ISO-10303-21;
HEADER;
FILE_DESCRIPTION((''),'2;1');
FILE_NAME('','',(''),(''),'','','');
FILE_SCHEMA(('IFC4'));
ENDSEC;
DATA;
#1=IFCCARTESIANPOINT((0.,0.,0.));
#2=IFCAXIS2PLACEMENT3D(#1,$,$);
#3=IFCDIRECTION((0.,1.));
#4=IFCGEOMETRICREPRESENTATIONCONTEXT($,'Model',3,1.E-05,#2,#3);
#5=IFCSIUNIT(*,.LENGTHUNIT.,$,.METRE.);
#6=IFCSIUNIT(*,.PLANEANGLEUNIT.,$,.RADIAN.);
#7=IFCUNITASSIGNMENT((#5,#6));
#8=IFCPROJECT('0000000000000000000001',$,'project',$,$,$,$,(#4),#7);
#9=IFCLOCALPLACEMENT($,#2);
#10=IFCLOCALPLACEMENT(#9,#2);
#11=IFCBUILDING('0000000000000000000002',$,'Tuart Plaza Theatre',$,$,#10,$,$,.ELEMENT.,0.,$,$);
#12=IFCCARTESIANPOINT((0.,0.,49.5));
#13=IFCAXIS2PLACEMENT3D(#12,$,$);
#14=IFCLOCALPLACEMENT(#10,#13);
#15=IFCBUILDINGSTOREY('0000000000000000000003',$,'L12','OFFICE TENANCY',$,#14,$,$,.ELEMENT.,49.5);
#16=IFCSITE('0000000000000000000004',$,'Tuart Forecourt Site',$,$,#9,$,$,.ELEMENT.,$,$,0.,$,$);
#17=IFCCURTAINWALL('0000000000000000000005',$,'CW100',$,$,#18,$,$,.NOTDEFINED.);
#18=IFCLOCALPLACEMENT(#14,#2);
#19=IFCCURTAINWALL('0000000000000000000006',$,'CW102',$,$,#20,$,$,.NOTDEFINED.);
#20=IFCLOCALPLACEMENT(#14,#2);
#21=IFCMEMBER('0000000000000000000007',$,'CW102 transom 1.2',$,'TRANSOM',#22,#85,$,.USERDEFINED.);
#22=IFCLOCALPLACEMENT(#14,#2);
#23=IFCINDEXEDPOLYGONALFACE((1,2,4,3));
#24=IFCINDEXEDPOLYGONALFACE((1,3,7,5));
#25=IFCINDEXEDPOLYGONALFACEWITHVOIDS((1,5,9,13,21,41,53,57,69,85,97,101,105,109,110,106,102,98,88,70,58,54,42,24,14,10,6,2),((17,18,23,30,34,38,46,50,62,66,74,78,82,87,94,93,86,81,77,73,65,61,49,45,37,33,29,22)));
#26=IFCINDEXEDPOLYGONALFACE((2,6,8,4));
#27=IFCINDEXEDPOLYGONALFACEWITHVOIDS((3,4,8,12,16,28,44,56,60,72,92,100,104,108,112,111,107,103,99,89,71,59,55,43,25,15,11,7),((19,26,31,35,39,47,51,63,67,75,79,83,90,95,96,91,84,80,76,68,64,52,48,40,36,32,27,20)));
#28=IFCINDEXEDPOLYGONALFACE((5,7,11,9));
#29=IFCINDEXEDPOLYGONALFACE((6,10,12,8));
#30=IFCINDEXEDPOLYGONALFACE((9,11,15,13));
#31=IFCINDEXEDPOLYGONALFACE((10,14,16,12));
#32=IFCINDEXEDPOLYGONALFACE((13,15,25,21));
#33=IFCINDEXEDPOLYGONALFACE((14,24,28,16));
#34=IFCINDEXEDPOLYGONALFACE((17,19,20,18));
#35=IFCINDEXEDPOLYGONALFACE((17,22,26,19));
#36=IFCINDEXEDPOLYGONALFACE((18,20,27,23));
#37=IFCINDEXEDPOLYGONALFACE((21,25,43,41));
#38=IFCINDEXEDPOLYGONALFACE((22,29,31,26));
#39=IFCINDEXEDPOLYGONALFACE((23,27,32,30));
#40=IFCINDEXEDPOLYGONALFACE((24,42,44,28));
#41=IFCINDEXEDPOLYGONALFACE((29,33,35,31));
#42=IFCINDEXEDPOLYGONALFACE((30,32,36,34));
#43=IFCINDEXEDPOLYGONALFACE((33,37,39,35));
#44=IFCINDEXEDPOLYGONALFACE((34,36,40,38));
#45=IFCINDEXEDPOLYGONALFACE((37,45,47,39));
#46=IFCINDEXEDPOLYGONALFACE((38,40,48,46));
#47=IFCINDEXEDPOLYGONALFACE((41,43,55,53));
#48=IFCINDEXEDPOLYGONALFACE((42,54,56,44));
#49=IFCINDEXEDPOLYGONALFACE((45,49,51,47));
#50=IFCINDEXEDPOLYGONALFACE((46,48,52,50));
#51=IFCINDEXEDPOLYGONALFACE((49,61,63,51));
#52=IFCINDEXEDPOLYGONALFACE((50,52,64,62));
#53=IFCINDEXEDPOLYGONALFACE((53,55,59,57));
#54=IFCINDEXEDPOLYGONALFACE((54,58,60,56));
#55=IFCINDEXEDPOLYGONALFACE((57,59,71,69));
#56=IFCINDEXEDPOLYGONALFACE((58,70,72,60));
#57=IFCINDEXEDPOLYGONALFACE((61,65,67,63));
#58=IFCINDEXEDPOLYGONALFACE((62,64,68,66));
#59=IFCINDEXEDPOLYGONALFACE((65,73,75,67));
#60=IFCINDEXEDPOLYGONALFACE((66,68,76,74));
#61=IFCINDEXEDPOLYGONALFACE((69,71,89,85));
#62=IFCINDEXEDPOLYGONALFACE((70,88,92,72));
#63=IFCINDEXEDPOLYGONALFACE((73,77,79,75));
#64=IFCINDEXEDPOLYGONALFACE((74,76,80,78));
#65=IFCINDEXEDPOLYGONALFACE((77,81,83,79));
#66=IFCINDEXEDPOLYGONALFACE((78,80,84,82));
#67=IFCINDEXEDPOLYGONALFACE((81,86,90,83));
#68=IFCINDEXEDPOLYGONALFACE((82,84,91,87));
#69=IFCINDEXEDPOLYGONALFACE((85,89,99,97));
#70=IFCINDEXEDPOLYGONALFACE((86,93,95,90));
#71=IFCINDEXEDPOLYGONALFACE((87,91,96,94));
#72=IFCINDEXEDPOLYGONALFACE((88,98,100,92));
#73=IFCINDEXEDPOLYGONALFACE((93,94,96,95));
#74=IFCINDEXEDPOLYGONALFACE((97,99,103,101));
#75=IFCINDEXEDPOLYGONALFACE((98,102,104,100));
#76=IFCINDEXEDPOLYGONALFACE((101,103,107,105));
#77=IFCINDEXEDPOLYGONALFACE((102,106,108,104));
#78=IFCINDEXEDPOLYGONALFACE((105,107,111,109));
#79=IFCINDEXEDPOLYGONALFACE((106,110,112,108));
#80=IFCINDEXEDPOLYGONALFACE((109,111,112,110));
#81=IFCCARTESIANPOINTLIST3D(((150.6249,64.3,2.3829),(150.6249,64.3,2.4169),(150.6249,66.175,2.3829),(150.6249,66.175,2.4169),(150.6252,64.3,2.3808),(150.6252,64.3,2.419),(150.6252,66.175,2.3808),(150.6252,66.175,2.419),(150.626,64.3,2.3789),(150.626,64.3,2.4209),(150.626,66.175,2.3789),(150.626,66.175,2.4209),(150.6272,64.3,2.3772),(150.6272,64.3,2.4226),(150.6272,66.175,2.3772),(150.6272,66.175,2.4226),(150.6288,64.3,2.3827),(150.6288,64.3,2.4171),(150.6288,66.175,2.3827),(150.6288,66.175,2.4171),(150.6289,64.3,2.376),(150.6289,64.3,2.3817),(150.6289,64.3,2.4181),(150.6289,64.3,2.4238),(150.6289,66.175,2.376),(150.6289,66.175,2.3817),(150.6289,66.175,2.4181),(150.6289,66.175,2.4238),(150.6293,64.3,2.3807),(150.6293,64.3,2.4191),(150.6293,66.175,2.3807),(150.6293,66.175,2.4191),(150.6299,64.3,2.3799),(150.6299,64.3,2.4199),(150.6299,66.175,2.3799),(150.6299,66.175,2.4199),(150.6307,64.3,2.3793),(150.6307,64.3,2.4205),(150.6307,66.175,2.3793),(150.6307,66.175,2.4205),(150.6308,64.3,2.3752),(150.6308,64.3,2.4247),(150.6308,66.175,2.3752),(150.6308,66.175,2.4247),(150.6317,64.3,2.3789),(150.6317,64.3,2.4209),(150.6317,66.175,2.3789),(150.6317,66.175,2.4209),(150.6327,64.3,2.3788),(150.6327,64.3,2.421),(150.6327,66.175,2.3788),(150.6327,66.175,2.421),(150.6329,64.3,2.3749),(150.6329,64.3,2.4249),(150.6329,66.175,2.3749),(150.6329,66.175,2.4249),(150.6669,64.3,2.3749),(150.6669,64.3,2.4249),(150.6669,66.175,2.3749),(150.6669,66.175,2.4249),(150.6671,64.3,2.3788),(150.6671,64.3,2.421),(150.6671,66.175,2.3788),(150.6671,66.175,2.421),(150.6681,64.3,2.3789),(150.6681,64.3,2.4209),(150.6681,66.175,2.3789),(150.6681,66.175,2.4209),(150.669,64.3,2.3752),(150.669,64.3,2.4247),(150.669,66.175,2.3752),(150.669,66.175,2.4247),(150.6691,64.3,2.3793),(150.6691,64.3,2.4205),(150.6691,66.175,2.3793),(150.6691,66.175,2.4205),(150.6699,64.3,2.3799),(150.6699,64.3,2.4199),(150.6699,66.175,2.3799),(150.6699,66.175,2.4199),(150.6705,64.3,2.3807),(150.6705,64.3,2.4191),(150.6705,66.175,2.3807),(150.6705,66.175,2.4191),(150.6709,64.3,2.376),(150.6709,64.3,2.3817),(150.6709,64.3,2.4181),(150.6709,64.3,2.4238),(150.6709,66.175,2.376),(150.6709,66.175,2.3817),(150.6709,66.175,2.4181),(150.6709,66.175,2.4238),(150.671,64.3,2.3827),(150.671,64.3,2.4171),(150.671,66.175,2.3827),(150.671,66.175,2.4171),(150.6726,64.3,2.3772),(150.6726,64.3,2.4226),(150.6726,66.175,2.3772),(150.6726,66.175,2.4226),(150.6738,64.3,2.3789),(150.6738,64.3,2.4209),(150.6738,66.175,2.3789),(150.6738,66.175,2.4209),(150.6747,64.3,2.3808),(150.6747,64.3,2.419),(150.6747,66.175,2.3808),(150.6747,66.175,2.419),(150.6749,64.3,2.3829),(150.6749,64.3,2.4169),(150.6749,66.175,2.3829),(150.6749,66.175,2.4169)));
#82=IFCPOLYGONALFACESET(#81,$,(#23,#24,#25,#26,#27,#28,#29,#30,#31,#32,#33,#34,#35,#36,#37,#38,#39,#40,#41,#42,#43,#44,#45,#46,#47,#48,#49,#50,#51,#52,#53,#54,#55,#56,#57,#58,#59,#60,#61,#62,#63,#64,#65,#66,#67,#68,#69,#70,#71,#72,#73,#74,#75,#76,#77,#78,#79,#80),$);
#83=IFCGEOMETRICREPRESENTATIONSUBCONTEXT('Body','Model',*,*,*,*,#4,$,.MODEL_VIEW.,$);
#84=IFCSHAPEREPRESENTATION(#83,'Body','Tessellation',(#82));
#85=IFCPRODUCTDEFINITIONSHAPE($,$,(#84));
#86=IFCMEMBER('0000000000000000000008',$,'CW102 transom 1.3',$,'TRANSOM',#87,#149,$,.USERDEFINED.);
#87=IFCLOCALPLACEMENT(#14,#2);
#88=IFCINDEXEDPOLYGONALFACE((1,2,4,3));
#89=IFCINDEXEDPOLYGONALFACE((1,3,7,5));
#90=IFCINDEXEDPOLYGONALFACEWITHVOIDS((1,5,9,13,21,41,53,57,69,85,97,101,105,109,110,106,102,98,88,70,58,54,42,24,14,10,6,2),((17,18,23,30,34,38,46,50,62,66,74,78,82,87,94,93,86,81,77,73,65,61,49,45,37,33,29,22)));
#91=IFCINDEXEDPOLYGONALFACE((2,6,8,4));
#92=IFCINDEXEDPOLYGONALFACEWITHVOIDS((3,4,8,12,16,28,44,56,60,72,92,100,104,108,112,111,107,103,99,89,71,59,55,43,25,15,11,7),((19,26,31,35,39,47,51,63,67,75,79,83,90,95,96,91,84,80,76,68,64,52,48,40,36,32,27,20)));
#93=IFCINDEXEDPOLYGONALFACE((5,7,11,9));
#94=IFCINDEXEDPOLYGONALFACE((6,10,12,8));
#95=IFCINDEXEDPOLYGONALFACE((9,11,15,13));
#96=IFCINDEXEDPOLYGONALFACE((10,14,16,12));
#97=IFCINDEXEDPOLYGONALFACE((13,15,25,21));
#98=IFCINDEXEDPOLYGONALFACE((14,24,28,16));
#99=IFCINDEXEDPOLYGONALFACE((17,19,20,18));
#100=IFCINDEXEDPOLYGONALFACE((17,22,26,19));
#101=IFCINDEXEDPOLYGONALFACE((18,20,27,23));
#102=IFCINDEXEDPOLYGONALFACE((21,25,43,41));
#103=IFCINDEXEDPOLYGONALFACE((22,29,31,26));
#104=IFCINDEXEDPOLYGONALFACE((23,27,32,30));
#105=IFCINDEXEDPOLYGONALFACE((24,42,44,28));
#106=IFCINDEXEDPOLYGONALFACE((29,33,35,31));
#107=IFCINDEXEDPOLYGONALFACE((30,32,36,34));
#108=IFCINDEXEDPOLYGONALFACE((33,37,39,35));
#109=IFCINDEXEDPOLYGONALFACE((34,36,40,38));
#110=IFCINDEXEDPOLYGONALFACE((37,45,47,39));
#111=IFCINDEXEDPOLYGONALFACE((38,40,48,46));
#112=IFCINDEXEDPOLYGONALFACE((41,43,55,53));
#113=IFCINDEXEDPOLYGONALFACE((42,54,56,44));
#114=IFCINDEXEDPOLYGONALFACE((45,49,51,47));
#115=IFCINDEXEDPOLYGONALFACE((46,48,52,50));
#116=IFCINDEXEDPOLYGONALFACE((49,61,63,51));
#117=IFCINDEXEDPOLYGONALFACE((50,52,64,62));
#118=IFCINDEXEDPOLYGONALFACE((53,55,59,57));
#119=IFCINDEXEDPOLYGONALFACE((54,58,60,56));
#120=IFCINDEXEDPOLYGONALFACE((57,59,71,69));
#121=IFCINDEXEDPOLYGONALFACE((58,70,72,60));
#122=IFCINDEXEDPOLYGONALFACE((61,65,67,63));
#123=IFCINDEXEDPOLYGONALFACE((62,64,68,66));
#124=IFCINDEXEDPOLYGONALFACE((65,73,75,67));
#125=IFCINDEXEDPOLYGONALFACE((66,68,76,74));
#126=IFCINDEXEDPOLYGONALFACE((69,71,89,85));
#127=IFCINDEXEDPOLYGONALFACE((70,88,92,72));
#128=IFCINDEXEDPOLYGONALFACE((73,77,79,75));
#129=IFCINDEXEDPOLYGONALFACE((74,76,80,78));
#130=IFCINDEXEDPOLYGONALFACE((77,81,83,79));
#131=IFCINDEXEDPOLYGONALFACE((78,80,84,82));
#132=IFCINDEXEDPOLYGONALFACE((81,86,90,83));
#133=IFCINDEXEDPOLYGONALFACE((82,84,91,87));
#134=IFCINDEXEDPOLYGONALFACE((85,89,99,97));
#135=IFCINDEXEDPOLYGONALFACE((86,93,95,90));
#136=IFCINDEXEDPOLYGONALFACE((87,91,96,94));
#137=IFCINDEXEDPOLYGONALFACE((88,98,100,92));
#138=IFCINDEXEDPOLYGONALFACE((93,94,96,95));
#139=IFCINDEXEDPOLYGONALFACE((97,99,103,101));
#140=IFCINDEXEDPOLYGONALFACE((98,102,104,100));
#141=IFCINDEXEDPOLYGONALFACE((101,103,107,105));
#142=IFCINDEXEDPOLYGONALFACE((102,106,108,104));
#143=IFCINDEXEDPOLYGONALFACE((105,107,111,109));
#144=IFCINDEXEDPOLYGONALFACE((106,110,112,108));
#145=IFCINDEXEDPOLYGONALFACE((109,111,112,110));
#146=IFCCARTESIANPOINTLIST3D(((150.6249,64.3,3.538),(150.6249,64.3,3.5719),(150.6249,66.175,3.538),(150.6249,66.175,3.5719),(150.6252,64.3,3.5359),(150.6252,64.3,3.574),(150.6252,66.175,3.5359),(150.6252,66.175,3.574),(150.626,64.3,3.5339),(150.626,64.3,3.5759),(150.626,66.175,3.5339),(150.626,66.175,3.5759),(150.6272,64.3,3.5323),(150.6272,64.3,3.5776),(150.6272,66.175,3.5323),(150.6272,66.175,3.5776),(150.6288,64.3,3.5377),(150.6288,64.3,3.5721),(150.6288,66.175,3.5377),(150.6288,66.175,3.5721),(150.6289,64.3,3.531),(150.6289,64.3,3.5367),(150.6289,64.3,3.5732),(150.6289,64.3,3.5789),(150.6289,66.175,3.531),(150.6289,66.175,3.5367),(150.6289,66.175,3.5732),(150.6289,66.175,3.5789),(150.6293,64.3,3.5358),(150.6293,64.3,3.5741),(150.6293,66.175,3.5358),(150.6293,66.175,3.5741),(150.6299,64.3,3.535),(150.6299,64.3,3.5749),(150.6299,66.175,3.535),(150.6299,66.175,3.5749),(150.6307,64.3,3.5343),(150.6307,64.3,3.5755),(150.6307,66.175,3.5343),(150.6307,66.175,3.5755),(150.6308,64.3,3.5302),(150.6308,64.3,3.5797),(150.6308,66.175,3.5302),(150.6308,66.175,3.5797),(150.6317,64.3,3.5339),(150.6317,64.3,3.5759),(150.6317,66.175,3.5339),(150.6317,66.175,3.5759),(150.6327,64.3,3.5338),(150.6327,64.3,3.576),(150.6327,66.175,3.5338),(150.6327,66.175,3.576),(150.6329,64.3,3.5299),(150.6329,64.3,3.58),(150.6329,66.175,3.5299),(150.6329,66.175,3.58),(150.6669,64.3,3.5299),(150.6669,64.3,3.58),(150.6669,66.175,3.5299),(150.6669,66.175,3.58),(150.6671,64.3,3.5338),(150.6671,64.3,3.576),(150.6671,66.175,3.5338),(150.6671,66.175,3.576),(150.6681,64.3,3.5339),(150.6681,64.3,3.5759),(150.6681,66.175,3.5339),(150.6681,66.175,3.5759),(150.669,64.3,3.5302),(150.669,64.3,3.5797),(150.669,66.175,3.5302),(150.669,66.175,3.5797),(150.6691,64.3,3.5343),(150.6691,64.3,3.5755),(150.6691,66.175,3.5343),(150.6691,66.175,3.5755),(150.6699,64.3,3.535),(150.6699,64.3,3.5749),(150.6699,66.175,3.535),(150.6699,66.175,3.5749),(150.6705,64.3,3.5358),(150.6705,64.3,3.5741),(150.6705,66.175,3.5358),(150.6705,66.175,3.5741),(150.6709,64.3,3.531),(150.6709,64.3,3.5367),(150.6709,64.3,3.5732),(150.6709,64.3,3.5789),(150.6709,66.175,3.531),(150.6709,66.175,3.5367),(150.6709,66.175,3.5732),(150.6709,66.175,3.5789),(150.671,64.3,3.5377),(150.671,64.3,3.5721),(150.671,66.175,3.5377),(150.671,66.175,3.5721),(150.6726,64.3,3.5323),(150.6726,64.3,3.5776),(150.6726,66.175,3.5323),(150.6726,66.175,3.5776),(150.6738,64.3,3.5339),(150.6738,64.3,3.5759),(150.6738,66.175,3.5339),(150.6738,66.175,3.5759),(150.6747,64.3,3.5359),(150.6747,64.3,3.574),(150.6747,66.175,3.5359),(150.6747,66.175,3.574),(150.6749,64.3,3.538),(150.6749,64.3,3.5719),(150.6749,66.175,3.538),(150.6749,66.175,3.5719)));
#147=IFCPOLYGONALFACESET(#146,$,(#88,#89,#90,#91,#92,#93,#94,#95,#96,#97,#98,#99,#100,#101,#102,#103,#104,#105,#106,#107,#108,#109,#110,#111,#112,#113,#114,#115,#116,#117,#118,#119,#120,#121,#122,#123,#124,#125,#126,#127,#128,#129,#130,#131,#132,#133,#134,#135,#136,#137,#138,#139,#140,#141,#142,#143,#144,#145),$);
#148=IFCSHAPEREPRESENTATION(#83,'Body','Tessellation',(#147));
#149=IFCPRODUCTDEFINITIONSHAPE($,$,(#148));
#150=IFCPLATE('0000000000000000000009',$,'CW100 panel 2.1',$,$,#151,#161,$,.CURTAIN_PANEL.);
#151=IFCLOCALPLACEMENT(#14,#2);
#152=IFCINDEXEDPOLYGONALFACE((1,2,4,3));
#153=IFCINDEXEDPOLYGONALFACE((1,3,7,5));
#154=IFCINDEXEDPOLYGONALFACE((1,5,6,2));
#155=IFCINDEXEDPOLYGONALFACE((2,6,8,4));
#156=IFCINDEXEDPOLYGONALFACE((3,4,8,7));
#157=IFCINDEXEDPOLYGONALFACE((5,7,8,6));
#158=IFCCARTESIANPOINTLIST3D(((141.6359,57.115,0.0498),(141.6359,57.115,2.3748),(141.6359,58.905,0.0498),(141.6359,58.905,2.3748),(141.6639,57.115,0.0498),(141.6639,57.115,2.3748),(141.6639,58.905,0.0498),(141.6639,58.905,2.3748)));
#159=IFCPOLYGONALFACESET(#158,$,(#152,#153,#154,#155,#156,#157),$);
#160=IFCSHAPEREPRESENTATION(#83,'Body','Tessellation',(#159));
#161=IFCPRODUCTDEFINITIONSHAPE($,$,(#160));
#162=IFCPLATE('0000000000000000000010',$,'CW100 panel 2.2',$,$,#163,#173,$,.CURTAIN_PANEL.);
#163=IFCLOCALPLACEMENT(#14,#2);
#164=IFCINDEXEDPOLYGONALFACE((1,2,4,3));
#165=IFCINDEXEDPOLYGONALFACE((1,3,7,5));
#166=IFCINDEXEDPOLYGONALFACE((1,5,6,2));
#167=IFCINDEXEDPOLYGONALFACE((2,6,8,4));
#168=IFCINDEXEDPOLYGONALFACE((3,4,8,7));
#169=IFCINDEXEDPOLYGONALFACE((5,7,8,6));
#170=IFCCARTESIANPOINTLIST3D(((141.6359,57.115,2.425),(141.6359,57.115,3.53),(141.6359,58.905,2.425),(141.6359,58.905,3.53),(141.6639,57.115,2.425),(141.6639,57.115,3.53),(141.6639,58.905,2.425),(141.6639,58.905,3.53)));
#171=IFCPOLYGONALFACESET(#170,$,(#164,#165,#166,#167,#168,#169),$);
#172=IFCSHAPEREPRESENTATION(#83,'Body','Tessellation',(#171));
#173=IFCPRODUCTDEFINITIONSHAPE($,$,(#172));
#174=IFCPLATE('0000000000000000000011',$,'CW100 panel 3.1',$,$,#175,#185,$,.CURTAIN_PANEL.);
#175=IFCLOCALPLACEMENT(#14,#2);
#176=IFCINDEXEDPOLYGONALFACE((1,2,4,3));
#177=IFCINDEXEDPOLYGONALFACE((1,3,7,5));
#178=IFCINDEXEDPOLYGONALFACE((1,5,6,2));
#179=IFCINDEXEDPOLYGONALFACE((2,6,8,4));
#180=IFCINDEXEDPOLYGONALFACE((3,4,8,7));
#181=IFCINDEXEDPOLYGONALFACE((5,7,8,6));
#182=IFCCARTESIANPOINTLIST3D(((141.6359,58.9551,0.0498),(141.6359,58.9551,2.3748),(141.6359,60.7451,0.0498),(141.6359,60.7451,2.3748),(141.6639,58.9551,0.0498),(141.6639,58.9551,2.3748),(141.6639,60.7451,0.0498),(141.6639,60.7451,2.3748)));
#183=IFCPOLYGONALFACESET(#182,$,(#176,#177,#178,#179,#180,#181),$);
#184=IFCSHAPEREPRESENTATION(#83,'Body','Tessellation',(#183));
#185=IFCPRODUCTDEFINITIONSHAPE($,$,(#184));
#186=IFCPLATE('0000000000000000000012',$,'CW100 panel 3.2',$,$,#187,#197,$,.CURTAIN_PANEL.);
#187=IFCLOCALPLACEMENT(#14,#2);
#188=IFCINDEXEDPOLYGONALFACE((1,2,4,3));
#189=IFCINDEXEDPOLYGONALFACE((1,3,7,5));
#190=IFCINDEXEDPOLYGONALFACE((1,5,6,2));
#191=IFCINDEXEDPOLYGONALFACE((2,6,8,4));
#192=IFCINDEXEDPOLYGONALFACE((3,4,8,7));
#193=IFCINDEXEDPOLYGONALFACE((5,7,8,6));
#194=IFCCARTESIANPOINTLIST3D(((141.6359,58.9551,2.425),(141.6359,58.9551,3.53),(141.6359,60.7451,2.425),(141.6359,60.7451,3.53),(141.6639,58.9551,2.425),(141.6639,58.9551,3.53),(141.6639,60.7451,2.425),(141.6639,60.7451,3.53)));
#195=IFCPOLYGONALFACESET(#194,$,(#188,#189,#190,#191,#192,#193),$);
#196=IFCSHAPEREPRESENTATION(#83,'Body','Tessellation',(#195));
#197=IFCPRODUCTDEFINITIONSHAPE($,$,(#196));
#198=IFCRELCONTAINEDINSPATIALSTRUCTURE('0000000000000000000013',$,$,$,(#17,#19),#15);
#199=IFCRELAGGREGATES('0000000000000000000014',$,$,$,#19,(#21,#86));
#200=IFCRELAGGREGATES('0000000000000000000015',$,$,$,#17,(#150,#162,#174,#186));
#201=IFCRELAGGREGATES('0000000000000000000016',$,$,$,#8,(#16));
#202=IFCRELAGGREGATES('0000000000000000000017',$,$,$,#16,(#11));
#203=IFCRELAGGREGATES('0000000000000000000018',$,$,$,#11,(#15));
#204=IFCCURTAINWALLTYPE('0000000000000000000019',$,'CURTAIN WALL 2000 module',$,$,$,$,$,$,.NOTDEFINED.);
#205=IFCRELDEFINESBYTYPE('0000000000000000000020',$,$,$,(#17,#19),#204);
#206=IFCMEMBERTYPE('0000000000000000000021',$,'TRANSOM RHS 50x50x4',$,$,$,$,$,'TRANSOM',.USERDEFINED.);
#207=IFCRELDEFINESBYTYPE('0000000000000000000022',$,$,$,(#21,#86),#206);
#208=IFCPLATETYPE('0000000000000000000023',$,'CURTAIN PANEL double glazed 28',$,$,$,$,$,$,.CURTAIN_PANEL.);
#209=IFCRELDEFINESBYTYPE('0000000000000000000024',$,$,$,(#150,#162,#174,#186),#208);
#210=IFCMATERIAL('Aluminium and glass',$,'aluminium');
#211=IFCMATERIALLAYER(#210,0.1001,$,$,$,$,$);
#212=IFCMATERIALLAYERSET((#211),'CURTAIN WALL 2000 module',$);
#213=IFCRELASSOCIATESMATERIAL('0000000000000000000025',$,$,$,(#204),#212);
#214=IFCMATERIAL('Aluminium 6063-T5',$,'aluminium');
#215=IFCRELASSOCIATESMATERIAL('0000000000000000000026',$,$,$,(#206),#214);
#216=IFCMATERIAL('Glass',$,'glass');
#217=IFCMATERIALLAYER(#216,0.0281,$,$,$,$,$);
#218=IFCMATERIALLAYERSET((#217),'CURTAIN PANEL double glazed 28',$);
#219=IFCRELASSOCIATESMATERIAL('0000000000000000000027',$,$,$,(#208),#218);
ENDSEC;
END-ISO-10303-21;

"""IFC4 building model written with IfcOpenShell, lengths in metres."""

from ifc_helpers import new_model, si_unit, direction, frame, origin, origin_2d, place, context, subcontext, project, spatial, rectangle, hollow_rectangle, extrude, material, layer, layer_set, material_profile, profile_set, type_object, element, aggregate, save


model = new_model("IFC4")

# Units and contexts
model_context = context("Model", 3, precision=1e-05, world=origin(), true_north=direction((0.0, 1.0)))
body_context = subcontext(model_context, "Body", "Model", "MODEL_VIEW")
ifc_project = project(units=[si_unit("LENGTHUNIT", "METRE"), si_unit("PLANEANGLEUNIT", "RADIAN")], contexts=[model_context])

# Site, building, storey
site_placement = place(None, origin())
site = spatial("IfcSite", under=ifc_project, at=site_placement, Name="Tuart Forecourt Site", CompositionType="ELEMENT", RefElevation=0.0)
building_placement = place(site_placement, origin())
building = spatial("IfcBuilding", under=site, at=building_placement, Name="Tuart Plaza Theatre", CompositionType="ELEMENT", ElevationOfRefHeight=0.0)
storey_placement = place(building_placement, frame((0.0, 0.0, 49.5)))
storey = spatial("IfcBuildingStorey", under=building, at=storey_placement, Name="L12", Description="OFFICE TENANCY", CompositionType="ELEMENT", Elevation=49.5)

# Curtain wall
ifc_material_1 = material(Name="Aluminium and glass", Category="aluminium")
ifc_layer_1 = layer(ifc_material_1, 0.1001)
ifc_layer_set_1 = layer_set([ifc_layer_1], Name="CURTAIN WALL 2000 module")
curtain_wall_type = type_object("IfcCurtainWallType", Name="CURTAIN WALL 2000 module", PredefinedType="NOTDEFINED", material=ifc_layer_set_1)
curtain_wall_1_placement = place(storey_placement, origin())
curtain_wall_1 = element("IfcCurtainWall", 1, at=curtain_wall_1_placement, inside=storey, type_object=curtain_wall_type, Name="CW100", PredefinedType="NOTDEFINED")

# Curtain wall
curtain_wall_2_placement = place(storey_placement, origin())
curtain_wall_2 = element("IfcCurtainWall", 2, at=curtain_wall_2_placement, inside=storey, type_object=curtain_wall_type, Name="CW102", PredefinedType="NOTDEFINED")

# Members
ifc_material_2 = material(Name="Aluminium 6063-T5", Category="aluminium")
ifc_material_profile_1 = material_profile(ifc_material_2, hollow_rectangle(XDim=0.05, YDim=0.05, WallThickness=0.0039, InnerFilletRadius=0.0039, OuterFilletRadius=0.0081, at=origin_2d()), Name="RHS 50x50x4")
ifc_profile_set_1 = profile_set([ifc_material_profile_1], Name="Aluminium 6063-T5")
member_type_1 = type_object("IfcMemberType", Name="TRANSOM RHS 50x50x4", ElementType="TRANSOM", PredefinedType="USERDEFINED", material=ifc_profile_set_1)
member_1_placement = place(storey_placement, frame((150.6499, 64.3, 2.3999), z_axis=(0.0, 1.0, 0.0), x_axis=(-1.0, 0.0, 0.0)))
member_1 = element("IfcMember", 3, at=member_1_placement, type_object=member_type_1, Name="CW102 transom 1.2", ObjectType="TRANSOM", PredefinedType="USERDEFINED", context=body_context, shape_type="SweptSolid", body=[
    extrude(hollow_rectangle(XDim=0.05, YDim=0.05, WallThickness=0.0039, InnerFilletRadius=0.0039, OuterFilletRadius=0.0081, at=origin_2d()), origin(), (0.0, 0.0, 1.0), 1.875),
])
member_2_placement = place(storey_placement, frame((150.6499, 64.3, 3.5549), z_axis=(0.0, 1.0, 0.0), x_axis=(-1.0, 0.0, 0.0)))
member_2 = element("IfcMember", 4, at=member_2_placement, type_object=member_type_1, Name="CW102 transom 1.3", ObjectType="TRANSOM", PredefinedType="USERDEFINED", context=body_context, shape_type="SweptSolid", body=[
    extrude(hollow_rectangle(XDim=0.05, YDim=0.05, WallThickness=0.0039, InnerFilletRadius=0.0039, OuterFilletRadius=0.0081, at=origin_2d()), origin(), (0.0, 0.0, 1.0), 1.875),
])
aggregate(curtain_wall_2, [member_1, member_2])

# Plates
ifc_material_3 = material(Name="Glass", Category="glass")
ifc_layer_2 = layer(ifc_material_3, 0.0281)
ifc_layer_set_2 = layer_set([ifc_layer_2], Name="CURTAIN PANEL double glazed 28")
plate_type = type_object("IfcPlateType", Name="CURTAIN PANEL double glazed 28", PredefinedType="CURTAIN_PANEL", material=ifc_layer_set_2)
plate_1_placement = place(storey_placement, frame((141.6499, 58.01, 0.0498), z_axis=(0.0, 0.0, 1.0), x_axis=(0.0, 1.0, 0.0)))
plate_1 = element("IfcPlate", 5, at=plate_1_placement, type_object=plate_type, Name="CW100 panel 2.1", PredefinedType="CURTAIN_PANEL", context=body_context, shape_type="SweptSolid", body=[
    extrude(rectangle(XDim=1.79, YDim=0.0281, at=origin_2d()), origin(), (0.0, 0.0, 1.0), 2.325),
])
plate_2_placement = place(storey_placement, frame((141.6499, 58.01, 2.425), z_axis=(0.0, 0.0, 1.0), x_axis=(0.0, 1.0, 0.0)))
plate_2 = element("IfcPlate", 6, at=plate_2_placement, type_object=plate_type, Name="CW100 panel 2.2", PredefinedType="CURTAIN_PANEL", context=body_context, shape_type="SweptSolid", body=[
    extrude(rectangle(XDim=1.79, YDim=0.0281, at=origin_2d()), origin(), (0.0, 0.0, 1.0), 1.105),
])
plate_3_placement = place(storey_placement, frame((141.6499, 59.8501, 0.0498), z_axis=(0.0, 0.0, 1.0), x_axis=(0.0, 1.0, 0.0)))
plate_3 = element("IfcPlate", 7, at=plate_3_placement, type_object=plate_type, Name="CW100 panel 3.1", PredefinedType="CURTAIN_PANEL", context=body_context, shape_type="SweptSolid", body=[
    extrude(rectangle(XDim=1.79, YDim=0.0281, at=origin_2d()), origin(), (0.0, 0.0, 1.0), 2.325),
])
plate_4_placement = place(storey_placement, frame((141.6499, 59.8501, 2.425), z_axis=(0.0, 0.0, 1.0), x_axis=(0.0, 1.0, 0.0)))
plate_4 = element("IfcPlate", 8, at=plate_4_placement, type_object=plate_type, Name="CW100 panel 3.2", PredefinedType="CURTAIN_PANEL", context=body_context, shape_type="SweptSolid", body=[
    extrude(rectangle(XDim=1.79, YDim=0.0281, at=origin_2d()), origin(), (0.0, 0.0, 1.0), 1.105),
])
aggregate(curtain_wall_1, [plate_1, plate_2, plate_3, plate_4])

save(model, "model.ifc")
